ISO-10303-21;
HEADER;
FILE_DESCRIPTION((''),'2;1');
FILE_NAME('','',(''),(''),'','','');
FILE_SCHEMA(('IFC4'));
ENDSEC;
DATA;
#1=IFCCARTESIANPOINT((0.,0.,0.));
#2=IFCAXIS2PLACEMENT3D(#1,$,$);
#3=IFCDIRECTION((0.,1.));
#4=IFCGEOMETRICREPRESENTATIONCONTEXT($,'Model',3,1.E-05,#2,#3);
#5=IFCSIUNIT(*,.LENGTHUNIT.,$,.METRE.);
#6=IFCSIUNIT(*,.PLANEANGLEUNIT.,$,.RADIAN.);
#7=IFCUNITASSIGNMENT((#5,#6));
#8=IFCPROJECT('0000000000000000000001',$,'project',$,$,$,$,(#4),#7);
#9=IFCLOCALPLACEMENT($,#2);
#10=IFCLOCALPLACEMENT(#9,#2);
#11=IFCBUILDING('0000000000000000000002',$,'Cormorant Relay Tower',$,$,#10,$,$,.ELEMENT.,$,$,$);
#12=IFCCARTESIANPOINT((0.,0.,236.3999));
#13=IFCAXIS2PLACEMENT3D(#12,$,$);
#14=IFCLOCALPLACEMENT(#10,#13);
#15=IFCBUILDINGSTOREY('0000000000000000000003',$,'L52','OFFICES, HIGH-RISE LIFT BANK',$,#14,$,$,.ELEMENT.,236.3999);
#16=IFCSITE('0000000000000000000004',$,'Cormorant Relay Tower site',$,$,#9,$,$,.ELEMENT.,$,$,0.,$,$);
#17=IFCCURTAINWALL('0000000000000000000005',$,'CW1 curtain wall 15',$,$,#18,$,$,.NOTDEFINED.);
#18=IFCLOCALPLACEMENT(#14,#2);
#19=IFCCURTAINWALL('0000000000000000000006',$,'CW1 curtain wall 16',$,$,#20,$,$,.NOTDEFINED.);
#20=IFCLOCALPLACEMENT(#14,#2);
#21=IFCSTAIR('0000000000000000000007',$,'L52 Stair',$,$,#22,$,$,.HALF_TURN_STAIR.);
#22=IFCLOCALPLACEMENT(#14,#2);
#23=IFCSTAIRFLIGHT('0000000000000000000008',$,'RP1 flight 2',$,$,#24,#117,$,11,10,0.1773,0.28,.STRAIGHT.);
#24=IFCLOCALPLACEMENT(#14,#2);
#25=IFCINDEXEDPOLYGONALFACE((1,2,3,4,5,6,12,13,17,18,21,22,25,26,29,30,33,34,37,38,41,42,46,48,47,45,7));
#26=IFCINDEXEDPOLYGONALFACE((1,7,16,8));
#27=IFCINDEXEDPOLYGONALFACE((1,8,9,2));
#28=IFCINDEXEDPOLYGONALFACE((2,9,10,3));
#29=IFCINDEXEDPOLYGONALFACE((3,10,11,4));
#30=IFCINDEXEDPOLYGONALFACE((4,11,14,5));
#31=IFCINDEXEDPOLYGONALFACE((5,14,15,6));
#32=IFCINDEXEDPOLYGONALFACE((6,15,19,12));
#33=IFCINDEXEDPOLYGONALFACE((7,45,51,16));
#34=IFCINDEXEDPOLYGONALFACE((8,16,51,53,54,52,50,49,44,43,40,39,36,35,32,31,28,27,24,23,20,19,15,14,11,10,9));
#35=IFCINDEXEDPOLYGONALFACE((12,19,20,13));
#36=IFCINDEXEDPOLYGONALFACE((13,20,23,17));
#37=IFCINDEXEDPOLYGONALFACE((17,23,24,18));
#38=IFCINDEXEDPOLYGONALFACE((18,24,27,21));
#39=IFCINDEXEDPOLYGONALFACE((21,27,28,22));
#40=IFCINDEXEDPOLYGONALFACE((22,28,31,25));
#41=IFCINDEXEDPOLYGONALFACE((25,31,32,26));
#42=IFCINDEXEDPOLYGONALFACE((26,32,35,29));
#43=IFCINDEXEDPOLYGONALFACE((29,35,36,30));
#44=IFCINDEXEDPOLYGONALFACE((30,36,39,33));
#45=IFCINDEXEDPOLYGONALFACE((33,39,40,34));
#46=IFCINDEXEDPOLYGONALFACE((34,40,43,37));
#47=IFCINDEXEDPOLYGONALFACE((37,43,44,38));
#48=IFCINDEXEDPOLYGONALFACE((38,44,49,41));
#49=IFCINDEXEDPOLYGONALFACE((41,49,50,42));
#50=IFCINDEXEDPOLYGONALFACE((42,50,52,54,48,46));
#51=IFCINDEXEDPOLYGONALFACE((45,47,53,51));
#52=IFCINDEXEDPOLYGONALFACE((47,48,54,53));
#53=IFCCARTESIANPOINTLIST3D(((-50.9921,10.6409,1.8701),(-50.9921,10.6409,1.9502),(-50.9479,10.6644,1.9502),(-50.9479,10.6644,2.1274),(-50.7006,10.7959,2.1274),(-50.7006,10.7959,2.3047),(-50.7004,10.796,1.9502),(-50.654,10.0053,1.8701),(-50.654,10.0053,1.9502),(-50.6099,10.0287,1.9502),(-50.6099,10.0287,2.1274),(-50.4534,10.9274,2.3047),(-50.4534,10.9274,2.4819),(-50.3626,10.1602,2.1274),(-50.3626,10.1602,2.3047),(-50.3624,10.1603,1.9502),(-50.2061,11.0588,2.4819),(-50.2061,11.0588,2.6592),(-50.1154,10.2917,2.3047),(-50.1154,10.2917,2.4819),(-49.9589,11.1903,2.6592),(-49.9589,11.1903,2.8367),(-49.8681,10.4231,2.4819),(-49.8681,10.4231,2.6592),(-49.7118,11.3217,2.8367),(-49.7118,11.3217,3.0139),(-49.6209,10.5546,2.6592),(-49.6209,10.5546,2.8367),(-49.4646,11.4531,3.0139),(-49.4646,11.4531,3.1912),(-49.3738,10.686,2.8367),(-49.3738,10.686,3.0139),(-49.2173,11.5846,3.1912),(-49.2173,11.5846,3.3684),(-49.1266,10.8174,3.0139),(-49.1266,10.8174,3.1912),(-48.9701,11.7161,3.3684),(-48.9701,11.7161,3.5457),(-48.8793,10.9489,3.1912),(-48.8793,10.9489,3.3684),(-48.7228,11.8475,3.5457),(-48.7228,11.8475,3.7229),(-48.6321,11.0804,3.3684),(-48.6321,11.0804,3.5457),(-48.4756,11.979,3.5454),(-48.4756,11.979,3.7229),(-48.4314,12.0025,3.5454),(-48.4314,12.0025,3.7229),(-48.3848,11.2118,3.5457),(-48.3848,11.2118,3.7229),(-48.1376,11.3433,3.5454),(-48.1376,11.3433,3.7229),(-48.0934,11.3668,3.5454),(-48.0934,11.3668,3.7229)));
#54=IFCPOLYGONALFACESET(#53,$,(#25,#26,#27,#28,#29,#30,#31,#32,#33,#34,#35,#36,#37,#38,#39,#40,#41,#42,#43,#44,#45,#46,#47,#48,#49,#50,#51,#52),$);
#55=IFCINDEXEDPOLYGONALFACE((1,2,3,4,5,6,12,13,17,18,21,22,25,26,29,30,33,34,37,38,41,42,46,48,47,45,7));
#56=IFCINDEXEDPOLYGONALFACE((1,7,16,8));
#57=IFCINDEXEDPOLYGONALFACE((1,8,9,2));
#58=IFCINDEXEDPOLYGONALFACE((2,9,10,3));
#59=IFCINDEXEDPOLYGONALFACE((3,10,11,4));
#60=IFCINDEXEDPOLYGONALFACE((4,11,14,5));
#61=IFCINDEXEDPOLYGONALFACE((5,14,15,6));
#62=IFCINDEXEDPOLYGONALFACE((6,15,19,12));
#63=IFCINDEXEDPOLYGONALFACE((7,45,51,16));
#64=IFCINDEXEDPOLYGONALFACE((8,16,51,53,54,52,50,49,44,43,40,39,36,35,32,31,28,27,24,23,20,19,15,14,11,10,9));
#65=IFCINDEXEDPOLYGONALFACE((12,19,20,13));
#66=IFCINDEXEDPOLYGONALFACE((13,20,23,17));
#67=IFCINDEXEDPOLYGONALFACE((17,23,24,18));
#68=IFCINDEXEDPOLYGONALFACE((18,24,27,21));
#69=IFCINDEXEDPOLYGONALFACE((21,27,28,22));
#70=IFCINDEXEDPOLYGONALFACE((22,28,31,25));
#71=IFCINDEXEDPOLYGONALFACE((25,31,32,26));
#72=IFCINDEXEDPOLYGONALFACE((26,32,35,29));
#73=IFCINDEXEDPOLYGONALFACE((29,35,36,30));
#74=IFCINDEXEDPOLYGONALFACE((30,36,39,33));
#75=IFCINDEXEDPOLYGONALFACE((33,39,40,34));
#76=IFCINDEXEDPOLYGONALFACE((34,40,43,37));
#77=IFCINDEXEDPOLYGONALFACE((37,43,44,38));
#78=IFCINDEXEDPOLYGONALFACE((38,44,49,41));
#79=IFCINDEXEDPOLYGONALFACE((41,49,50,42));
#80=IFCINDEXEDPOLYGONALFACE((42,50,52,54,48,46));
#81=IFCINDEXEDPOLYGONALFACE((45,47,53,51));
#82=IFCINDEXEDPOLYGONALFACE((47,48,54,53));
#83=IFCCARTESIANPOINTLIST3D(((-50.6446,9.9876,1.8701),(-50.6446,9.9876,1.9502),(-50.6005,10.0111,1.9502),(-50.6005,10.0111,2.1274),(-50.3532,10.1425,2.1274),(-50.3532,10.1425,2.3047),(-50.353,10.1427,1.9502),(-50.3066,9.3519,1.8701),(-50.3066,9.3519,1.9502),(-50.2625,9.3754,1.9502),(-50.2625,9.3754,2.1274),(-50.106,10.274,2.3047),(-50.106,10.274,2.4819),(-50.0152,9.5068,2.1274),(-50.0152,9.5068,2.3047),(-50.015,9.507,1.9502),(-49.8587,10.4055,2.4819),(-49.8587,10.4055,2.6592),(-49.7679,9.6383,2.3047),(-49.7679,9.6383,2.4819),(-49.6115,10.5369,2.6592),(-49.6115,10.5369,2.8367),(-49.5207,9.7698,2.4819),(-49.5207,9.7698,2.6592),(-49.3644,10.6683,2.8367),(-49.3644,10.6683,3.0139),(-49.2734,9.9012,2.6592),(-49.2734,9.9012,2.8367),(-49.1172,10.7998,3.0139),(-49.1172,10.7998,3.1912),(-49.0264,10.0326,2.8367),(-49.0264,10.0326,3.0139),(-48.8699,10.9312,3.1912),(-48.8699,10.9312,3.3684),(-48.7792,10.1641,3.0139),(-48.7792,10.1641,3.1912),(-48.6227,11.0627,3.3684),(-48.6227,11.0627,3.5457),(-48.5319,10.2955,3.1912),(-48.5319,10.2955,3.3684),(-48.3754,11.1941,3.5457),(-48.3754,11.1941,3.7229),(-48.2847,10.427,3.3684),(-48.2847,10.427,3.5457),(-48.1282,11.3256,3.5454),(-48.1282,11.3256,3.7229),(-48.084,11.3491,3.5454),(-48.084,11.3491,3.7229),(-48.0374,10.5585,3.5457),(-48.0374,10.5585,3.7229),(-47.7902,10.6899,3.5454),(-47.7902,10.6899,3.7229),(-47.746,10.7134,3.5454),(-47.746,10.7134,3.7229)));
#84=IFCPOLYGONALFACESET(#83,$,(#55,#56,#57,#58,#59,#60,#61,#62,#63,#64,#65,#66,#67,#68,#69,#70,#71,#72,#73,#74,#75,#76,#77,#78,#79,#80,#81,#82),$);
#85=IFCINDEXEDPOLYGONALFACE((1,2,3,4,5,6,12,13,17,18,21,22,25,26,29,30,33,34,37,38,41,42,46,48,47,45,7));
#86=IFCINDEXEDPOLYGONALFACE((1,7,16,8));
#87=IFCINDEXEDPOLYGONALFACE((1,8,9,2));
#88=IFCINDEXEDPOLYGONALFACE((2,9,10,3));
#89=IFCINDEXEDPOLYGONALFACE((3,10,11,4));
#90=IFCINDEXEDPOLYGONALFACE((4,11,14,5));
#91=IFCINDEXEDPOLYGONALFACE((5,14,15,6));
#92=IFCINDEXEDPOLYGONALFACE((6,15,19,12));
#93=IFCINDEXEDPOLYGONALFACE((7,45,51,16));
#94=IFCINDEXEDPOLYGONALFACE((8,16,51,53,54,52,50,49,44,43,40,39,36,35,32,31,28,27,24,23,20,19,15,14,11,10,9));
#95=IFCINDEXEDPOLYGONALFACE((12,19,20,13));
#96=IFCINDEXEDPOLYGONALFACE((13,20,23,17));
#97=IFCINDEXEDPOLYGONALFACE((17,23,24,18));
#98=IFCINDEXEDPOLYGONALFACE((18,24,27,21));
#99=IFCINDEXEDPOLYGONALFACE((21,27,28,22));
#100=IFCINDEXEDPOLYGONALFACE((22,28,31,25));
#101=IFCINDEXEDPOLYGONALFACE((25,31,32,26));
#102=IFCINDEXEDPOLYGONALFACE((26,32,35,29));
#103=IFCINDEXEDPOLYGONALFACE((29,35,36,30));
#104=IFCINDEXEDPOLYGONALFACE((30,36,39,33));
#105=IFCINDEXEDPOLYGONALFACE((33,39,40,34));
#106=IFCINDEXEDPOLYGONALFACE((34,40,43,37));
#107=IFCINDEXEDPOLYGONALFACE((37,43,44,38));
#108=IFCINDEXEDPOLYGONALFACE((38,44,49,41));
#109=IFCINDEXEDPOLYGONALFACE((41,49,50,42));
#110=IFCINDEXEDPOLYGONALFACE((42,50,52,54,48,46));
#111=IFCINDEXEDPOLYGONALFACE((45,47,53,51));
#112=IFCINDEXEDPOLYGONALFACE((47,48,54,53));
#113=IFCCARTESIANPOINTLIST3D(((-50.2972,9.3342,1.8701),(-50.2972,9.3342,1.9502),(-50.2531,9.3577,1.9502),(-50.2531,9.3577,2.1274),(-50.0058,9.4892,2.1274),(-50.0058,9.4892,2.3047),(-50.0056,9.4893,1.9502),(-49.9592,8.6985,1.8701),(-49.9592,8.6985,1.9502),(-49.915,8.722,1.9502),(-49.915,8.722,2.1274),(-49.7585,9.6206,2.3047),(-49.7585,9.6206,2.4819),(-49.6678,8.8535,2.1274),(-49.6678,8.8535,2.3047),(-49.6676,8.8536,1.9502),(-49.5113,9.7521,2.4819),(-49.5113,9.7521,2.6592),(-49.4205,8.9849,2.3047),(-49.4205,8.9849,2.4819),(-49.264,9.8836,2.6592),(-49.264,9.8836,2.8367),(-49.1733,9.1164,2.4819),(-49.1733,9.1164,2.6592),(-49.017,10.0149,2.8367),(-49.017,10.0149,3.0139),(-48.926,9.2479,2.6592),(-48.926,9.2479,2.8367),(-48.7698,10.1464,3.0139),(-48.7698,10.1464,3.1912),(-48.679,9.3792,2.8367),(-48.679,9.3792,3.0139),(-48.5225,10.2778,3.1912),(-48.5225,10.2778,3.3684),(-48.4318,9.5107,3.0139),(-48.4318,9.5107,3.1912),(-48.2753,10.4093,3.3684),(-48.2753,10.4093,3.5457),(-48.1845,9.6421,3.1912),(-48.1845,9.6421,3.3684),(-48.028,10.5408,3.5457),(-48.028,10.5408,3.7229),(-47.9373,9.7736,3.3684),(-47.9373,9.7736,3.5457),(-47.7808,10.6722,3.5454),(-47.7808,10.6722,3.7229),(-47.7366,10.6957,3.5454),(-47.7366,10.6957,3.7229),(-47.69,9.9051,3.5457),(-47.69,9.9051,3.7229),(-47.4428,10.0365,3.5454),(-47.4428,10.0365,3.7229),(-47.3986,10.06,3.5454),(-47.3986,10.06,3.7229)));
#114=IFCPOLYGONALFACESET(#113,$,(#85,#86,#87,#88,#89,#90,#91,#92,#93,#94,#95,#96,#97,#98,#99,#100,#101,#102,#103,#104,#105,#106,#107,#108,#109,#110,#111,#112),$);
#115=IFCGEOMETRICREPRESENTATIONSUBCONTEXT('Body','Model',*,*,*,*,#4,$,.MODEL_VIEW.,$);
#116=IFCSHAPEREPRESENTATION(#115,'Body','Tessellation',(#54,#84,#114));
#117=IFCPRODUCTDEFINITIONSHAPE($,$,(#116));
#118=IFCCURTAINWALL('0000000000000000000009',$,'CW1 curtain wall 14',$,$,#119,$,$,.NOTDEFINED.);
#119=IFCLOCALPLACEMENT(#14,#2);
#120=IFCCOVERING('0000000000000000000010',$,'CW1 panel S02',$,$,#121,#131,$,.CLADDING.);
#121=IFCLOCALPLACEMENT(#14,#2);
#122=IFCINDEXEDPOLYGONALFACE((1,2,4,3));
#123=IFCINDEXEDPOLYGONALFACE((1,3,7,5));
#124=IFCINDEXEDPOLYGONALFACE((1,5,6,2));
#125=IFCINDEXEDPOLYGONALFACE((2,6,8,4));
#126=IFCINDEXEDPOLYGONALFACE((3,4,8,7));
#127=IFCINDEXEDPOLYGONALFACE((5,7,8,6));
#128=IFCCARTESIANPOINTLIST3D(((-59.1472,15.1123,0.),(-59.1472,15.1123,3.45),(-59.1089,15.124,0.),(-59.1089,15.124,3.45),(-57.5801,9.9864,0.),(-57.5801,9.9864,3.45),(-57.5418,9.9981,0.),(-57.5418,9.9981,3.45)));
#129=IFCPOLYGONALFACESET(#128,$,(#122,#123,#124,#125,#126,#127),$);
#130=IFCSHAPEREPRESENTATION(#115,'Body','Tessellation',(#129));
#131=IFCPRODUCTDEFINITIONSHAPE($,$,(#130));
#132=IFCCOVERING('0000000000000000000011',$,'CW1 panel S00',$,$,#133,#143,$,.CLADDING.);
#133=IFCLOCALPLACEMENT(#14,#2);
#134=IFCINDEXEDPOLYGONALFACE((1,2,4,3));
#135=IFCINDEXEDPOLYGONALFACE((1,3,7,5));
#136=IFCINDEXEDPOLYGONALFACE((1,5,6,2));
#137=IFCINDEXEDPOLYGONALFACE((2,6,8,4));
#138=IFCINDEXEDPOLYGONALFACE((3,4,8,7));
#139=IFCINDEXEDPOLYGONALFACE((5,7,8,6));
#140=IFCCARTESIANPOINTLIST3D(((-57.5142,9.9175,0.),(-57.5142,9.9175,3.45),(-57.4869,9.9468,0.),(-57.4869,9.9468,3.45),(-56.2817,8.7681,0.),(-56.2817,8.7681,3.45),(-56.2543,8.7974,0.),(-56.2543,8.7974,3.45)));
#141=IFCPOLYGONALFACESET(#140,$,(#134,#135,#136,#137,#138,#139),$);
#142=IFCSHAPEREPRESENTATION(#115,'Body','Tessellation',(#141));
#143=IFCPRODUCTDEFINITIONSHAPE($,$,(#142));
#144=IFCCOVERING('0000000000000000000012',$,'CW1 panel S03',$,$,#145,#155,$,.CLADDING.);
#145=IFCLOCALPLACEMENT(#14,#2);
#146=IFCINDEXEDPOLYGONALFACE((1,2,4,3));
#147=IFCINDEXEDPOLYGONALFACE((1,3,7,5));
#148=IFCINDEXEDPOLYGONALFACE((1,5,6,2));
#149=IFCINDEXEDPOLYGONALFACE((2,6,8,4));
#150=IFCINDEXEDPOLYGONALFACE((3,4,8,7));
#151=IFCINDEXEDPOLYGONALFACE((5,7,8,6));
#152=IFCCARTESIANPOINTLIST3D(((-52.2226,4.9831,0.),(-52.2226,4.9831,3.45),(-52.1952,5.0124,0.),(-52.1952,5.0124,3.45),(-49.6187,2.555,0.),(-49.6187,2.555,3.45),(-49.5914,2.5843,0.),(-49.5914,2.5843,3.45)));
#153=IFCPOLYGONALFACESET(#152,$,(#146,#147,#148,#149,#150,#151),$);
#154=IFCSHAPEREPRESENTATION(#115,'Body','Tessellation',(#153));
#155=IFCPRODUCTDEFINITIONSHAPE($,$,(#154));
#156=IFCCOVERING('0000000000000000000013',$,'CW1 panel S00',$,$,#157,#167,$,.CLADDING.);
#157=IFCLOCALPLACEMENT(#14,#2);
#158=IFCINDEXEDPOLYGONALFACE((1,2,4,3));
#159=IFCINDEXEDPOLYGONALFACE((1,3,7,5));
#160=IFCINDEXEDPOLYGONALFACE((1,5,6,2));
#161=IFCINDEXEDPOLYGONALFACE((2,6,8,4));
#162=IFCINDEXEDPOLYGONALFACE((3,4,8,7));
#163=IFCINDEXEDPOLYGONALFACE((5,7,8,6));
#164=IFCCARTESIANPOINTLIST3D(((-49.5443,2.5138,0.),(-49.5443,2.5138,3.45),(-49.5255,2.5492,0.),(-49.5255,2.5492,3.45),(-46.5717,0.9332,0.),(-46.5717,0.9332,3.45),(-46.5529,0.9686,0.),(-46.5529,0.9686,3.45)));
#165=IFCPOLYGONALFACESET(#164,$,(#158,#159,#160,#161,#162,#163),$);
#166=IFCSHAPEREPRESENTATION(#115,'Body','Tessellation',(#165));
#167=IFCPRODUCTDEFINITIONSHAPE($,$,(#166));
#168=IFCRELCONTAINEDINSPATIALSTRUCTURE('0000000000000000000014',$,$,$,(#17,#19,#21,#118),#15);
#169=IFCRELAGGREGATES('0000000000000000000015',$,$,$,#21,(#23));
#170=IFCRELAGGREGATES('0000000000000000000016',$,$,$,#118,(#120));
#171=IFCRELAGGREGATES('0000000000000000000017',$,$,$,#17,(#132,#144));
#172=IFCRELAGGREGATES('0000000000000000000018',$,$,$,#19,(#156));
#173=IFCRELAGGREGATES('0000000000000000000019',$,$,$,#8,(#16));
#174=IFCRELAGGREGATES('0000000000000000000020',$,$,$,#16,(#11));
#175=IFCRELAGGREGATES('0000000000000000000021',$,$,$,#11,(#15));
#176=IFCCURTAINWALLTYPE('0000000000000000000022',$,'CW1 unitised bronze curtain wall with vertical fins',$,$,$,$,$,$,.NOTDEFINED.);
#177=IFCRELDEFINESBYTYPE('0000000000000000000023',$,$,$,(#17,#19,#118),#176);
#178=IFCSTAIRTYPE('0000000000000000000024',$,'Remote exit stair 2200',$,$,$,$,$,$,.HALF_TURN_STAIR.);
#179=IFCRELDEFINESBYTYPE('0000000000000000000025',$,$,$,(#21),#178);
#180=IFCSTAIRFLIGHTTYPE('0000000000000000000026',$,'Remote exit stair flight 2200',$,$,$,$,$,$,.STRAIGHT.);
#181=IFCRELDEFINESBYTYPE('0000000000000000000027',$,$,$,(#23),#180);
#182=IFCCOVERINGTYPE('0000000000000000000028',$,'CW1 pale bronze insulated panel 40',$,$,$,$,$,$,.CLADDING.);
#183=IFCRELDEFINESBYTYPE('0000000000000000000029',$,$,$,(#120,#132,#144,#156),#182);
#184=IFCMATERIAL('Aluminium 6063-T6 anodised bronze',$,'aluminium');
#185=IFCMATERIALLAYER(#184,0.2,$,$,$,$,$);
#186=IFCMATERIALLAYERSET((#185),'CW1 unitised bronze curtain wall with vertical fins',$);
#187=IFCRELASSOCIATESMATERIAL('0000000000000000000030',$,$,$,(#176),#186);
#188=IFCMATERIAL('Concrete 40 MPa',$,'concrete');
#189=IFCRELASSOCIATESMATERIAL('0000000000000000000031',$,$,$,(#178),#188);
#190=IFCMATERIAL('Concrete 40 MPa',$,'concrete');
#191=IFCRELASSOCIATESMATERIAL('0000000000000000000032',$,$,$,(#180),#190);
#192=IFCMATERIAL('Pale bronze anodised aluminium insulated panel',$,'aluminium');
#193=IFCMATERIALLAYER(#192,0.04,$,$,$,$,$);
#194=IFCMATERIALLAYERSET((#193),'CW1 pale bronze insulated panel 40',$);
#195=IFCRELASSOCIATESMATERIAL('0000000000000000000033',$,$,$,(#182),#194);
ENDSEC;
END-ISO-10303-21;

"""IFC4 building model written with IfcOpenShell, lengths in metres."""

from ifc_helpers import new_model, si_unit, direction, frame, origin, origin_2d, place, context, subcontext, project, spatial, polyline, rectangle, outline, extrude, material, layer, layer_set, type_object, element, aggregate, save


model = new_model("IFC4")

# Units and contexts
model_context = context("Model", 3, precision=1e-05, world=origin(), true_north=direction((0.0, 1.0)))
body_context = subcontext(model_context, "Body", "Model", "MODEL_VIEW")
ifc_project = project(units=[si_unit("LENGTHUNIT", "METRE"), si_unit("PLANEANGLEUNIT", "RADIAN")], contexts=[model_context])

# Site, building, storey
site_placement = place(None, origin())
site = spatial("IfcSite", under=ifc_project, at=site_placement, Name="Cormorant Relay Tower site", CompositionType="ELEMENT", RefElevation=0.0)
building_placement = place(site_placement, origin())
building = spatial("IfcBuilding", under=site, at=building_placement, Name="Cormorant Relay Tower", CompositionType="ELEMENT")
storey_placement = place(building_placement, frame((0.0, 0.0, 236.3999)))
storey = spatial("IfcBuildingStorey", under=building, at=storey_placement, Name="L52", Description="OFFICES, HIGH-RISE LIFT BANK", CompositionType="ELEMENT", Elevation=236.3999)

# Curtain wall
ifc_material_1 = material(Name="Aluminium 6063-T6 anodised bronze", Category="aluminium")
ifc_layer_1 = layer(ifc_material_1, 0.2)
ifc_layer_set_1 = layer_set([ifc_layer_1], Name="CW1 unitised bronze curtain wall with vertical fins")
curtain_wall_type = type_object("IfcCurtainWallType", Name="CW1 unitised bronze curtain wall with vertical fins", PredefinedType="NOTDEFINED", material=ifc_layer_set_1)
curtain_wall_1_placement = place(storey_placement, origin())
curtain_wall_1 = element("IfcCurtainWall", 1, at=curtain_wall_1_placement, inside=storey, type_object=curtain_wall_type, Name="CW1 curtain wall 15", PredefinedType="NOTDEFINED")

# Curtain wall
curtain_wall_2_placement = place(storey_placement, origin())
curtain_wall_2 = element("IfcCurtainWall", 2, at=curtain_wall_2_placement, inside=storey, type_object=curtain_wall_type, Name="CW1 curtain wall 16", PredefinedType="NOTDEFINED")

# Stair, stair flight
ifc_material_2 = material(Name="Concrete 40 MPa", Category="concrete")
stair_type = type_object("IfcStairType", Name="Remote exit stair 2200", PredefinedType="HALF_TURN_STAIR", material=ifc_material_2)
stair_placement = place(storey_placement, origin())
stair = element("IfcStair", 3, at=stair_placement, inside=storey, type_object=stair_type, Name="L52 Stair", PredefinedType="HALF_TURN_STAIR")
ifc_material_3 = material(Name="Concrete 40 MPa", Category="concrete")
stair_flight_type = type_object("IfcStairFlightType", Name="Remote exit stair flight 2200", PredefinedType="STRAIGHT", material=ifc_material_3)
stair_flight_1_placement = place(storey_placement, frame((-50.4314, 9.6931, 1.9502), z_axis=(0.0, 0.0, 1.0), x_axis=(0.882948, 0.469472, 0.0)))
stair_flight_1 = element("IfcStairFlight", 4, at=stair_flight_1_placement, type_object=stair_flight_type, Name="RP1 flight 2", NumberOfRisers=11, NumberOfTreads=10, PredefinedType="STRAIGHT", RiserHeight=0.1773, TreadLength=0.28, context=body_context, shape_type="SweptSolid", body=[
    extrude(outline(polyline([(-0.05, -0.0801), (-0.05, 0.0), (0.0, 0.0), (0.0, 0.1772), (0.28, 0.1772), (0.28, 0.3545), (0.5601, 0.3545), (0.5601, 0.5317), (0.8401, 0.5317), (0.8401, 0.709), (1.1201, 0.709), (1.1201, 0.8865), (1.3999, 0.8865), (1.3999, 1.0637), (1.6799, 1.0637), (1.6799, 1.241), (1.96, 1.241), (1.96, 1.4182), (2.24, 1.4182), (2.24, 1.5955), (2.52, 1.5955), (2.52, 1.7727), (2.8, 1.7727), (2.8501, 1.7727), (2.8501, 1.5952), (2.8, 1.5952), (0.2803, 0.0), (-0.05, -0.0801)])), frame((0.0, 1.1001, 0.0), z_axis=(0.0, -1.0, 0.0), x_axis=(1.0, 0.0, 0.0)), (0.0, 0.0, 1.0), 0.72),
    extrude(outline(polyline([(-0.05, -0.0801), (-0.05, 0.0), (0.0, 0.0), (0.0, 0.1772), (0.28, 0.1772), (0.28, 0.3545), (0.5601, 0.3545), (0.5601, 0.5317), (0.8401, 0.5317), (0.8401, 0.709), (1.1201, 0.709), (1.1201, 0.8865), (1.3999, 0.8865), (1.3999, 1.0637), (1.6799, 1.0637), (1.6799, 1.241), (1.96, 1.241), (1.96, 1.4182), (2.24, 1.4182), (2.24, 1.5955), (2.52, 1.5955), (2.52, 1.7727), (2.8, 1.7727), (2.8501, 1.7727), (2.8501, 1.5952), (2.8, 1.5952), (0.2803, 0.0), (-0.05, -0.0801)])), frame((0.0, 0.3601, 0.0), z_axis=(0.0, -1.0, 0.0), x_axis=(1.0, 0.0, 0.0)), (0.0, 0.0, 1.0), 0.72),
    extrude(outline(polyline([(-0.05, -0.0801), (-0.05, 0.0), (0.0, 0.0), (0.0, 0.1772), (0.28, 0.1772), (0.28, 0.3545), (0.5601, 0.3545), (0.5601, 0.5317), (0.8401, 0.5317), (0.8401, 0.709), (1.1201, 0.709), (1.1201, 0.8865), (1.3999, 0.8865), (1.3999, 1.0637), (1.6799, 1.0637), (1.6799, 1.241), (1.96, 1.241), (1.96, 1.4182), (2.24, 1.4182), (2.24, 1.5955), (2.52, 1.5955), (2.52, 1.7727), (2.8, 1.7727), (2.8501, 1.7727), (2.8501, 1.5952), (2.8, 1.5952), (0.2803, 0.0), (-0.05, -0.0801)])), frame((0.0, -0.3799, 0.0), z_axis=(0.0, -1.0, 0.0), x_axis=(1.0, 0.0, 0.0)), (0.0, 0.0, 1.0), 0.72),
])
aggregate(stair, [stair_flight_1])

# Curtain wall, covering
curtain_wall_3_placement = place(storey_placement, origin())
curtain_wall_3 = element("IfcCurtainWall", 5, at=curtain_wall_3_placement, inside=storey, type_object=curtain_wall_type, Name="CW1 curtain wall 14", PredefinedType="NOTDEFINED")
ifc_material_4 = material(Name="Pale bronze anodised aluminium insulated panel", Category="aluminium")
ifc_layer_2 = layer(ifc_material_4, 0.04)
ifc_layer_set_2 = layer_set([ifc_layer_2], Name="CW1 pale bronze insulated panel 40")
covering_type = type_object("IfcCoveringType", Name="CW1 pale bronze insulated panel 40", PredefinedType="CLADDING", material=ifc_layer_set_2)
covering_1_placement = place(storey_placement, frame((-58.3445, 12.5552, 0.0), z_axis=(0.0, 0.0, 1.0), x_axis=(0.292372, -0.956305, 0.0)))
covering_1 = element("IfcCovering", 6, at=covering_1_placement, type_object=covering_type, Name="CW1 panel S02", PredefinedType="CLADDING", context=body_context, shape_type="SweptSolid", body=[
    extrude(rectangle(XDim=5.3601, YDim=0.04, at=origin_2d()), origin(), (0.0, 0.0, 1.0), 3.45),
])
aggregate(curtain_wall_3, [covering_1])

# Coverings
covering_2_placement = place(storey_placement, frame((-56.8843, 9.3574, 0.0), z_axis=(0.0, 0.0, 1.0), x_axis=(0.731354, -0.681998, 0.0)))
covering_2 = element("IfcCovering", 7, at=covering_2_placement, type_object=covering_type, Name="CW1 panel S00", PredefinedType="CLADDING", context=body_context, shape_type="SweptSolid", body=[
    extrude(rectangle(XDim=1.6853, YDim=0.04, at=origin_2d()), origin(), (0.0, 0.0, 1.0), 3.45),
])
covering_3_placement = place(storey_placement, frame((-50.907, 3.7837, 0.0), z_axis=(0.0, 0.0, 1.0), x_axis=(0.731354, -0.681998, 0.0)))
covering_3 = element("IfcCovering", 8, at=covering_3_placement, type_object=covering_type, Name="CW1 panel S03", PredefinedType="CLADDING", context=body_context, shape_type="SweptSolid", body=[
    extrude(rectangle(XDim=3.5603, YDim=0.04, at=origin_2d()), origin(), (0.0, 0.0, 1.0), 3.45),
])
aggregate(curtain_wall_1, [covering_2, covering_3])
covering_4_placement = place(storey_placement, frame((-48.0486, 1.7412, 0.0), z_axis=(0.0, 0.0, 1.0), x_axis=(0.882948, -0.469472, 0.0)))
covering_4 = element("IfcCovering", 9, at=covering_4_placement, type_object=covering_type, Name="CW1 panel S00", PredefinedType="CLADDING", context=body_context, shape_type="SweptSolid", body=[
    extrude(rectangle(XDim=3.3667, YDim=0.04, at=origin_2d()), origin(), (0.0, 0.0, 1.0), 3.45),
])
aggregate(curtain_wall_2, [covering_4])

save(model, "model.ifc")
